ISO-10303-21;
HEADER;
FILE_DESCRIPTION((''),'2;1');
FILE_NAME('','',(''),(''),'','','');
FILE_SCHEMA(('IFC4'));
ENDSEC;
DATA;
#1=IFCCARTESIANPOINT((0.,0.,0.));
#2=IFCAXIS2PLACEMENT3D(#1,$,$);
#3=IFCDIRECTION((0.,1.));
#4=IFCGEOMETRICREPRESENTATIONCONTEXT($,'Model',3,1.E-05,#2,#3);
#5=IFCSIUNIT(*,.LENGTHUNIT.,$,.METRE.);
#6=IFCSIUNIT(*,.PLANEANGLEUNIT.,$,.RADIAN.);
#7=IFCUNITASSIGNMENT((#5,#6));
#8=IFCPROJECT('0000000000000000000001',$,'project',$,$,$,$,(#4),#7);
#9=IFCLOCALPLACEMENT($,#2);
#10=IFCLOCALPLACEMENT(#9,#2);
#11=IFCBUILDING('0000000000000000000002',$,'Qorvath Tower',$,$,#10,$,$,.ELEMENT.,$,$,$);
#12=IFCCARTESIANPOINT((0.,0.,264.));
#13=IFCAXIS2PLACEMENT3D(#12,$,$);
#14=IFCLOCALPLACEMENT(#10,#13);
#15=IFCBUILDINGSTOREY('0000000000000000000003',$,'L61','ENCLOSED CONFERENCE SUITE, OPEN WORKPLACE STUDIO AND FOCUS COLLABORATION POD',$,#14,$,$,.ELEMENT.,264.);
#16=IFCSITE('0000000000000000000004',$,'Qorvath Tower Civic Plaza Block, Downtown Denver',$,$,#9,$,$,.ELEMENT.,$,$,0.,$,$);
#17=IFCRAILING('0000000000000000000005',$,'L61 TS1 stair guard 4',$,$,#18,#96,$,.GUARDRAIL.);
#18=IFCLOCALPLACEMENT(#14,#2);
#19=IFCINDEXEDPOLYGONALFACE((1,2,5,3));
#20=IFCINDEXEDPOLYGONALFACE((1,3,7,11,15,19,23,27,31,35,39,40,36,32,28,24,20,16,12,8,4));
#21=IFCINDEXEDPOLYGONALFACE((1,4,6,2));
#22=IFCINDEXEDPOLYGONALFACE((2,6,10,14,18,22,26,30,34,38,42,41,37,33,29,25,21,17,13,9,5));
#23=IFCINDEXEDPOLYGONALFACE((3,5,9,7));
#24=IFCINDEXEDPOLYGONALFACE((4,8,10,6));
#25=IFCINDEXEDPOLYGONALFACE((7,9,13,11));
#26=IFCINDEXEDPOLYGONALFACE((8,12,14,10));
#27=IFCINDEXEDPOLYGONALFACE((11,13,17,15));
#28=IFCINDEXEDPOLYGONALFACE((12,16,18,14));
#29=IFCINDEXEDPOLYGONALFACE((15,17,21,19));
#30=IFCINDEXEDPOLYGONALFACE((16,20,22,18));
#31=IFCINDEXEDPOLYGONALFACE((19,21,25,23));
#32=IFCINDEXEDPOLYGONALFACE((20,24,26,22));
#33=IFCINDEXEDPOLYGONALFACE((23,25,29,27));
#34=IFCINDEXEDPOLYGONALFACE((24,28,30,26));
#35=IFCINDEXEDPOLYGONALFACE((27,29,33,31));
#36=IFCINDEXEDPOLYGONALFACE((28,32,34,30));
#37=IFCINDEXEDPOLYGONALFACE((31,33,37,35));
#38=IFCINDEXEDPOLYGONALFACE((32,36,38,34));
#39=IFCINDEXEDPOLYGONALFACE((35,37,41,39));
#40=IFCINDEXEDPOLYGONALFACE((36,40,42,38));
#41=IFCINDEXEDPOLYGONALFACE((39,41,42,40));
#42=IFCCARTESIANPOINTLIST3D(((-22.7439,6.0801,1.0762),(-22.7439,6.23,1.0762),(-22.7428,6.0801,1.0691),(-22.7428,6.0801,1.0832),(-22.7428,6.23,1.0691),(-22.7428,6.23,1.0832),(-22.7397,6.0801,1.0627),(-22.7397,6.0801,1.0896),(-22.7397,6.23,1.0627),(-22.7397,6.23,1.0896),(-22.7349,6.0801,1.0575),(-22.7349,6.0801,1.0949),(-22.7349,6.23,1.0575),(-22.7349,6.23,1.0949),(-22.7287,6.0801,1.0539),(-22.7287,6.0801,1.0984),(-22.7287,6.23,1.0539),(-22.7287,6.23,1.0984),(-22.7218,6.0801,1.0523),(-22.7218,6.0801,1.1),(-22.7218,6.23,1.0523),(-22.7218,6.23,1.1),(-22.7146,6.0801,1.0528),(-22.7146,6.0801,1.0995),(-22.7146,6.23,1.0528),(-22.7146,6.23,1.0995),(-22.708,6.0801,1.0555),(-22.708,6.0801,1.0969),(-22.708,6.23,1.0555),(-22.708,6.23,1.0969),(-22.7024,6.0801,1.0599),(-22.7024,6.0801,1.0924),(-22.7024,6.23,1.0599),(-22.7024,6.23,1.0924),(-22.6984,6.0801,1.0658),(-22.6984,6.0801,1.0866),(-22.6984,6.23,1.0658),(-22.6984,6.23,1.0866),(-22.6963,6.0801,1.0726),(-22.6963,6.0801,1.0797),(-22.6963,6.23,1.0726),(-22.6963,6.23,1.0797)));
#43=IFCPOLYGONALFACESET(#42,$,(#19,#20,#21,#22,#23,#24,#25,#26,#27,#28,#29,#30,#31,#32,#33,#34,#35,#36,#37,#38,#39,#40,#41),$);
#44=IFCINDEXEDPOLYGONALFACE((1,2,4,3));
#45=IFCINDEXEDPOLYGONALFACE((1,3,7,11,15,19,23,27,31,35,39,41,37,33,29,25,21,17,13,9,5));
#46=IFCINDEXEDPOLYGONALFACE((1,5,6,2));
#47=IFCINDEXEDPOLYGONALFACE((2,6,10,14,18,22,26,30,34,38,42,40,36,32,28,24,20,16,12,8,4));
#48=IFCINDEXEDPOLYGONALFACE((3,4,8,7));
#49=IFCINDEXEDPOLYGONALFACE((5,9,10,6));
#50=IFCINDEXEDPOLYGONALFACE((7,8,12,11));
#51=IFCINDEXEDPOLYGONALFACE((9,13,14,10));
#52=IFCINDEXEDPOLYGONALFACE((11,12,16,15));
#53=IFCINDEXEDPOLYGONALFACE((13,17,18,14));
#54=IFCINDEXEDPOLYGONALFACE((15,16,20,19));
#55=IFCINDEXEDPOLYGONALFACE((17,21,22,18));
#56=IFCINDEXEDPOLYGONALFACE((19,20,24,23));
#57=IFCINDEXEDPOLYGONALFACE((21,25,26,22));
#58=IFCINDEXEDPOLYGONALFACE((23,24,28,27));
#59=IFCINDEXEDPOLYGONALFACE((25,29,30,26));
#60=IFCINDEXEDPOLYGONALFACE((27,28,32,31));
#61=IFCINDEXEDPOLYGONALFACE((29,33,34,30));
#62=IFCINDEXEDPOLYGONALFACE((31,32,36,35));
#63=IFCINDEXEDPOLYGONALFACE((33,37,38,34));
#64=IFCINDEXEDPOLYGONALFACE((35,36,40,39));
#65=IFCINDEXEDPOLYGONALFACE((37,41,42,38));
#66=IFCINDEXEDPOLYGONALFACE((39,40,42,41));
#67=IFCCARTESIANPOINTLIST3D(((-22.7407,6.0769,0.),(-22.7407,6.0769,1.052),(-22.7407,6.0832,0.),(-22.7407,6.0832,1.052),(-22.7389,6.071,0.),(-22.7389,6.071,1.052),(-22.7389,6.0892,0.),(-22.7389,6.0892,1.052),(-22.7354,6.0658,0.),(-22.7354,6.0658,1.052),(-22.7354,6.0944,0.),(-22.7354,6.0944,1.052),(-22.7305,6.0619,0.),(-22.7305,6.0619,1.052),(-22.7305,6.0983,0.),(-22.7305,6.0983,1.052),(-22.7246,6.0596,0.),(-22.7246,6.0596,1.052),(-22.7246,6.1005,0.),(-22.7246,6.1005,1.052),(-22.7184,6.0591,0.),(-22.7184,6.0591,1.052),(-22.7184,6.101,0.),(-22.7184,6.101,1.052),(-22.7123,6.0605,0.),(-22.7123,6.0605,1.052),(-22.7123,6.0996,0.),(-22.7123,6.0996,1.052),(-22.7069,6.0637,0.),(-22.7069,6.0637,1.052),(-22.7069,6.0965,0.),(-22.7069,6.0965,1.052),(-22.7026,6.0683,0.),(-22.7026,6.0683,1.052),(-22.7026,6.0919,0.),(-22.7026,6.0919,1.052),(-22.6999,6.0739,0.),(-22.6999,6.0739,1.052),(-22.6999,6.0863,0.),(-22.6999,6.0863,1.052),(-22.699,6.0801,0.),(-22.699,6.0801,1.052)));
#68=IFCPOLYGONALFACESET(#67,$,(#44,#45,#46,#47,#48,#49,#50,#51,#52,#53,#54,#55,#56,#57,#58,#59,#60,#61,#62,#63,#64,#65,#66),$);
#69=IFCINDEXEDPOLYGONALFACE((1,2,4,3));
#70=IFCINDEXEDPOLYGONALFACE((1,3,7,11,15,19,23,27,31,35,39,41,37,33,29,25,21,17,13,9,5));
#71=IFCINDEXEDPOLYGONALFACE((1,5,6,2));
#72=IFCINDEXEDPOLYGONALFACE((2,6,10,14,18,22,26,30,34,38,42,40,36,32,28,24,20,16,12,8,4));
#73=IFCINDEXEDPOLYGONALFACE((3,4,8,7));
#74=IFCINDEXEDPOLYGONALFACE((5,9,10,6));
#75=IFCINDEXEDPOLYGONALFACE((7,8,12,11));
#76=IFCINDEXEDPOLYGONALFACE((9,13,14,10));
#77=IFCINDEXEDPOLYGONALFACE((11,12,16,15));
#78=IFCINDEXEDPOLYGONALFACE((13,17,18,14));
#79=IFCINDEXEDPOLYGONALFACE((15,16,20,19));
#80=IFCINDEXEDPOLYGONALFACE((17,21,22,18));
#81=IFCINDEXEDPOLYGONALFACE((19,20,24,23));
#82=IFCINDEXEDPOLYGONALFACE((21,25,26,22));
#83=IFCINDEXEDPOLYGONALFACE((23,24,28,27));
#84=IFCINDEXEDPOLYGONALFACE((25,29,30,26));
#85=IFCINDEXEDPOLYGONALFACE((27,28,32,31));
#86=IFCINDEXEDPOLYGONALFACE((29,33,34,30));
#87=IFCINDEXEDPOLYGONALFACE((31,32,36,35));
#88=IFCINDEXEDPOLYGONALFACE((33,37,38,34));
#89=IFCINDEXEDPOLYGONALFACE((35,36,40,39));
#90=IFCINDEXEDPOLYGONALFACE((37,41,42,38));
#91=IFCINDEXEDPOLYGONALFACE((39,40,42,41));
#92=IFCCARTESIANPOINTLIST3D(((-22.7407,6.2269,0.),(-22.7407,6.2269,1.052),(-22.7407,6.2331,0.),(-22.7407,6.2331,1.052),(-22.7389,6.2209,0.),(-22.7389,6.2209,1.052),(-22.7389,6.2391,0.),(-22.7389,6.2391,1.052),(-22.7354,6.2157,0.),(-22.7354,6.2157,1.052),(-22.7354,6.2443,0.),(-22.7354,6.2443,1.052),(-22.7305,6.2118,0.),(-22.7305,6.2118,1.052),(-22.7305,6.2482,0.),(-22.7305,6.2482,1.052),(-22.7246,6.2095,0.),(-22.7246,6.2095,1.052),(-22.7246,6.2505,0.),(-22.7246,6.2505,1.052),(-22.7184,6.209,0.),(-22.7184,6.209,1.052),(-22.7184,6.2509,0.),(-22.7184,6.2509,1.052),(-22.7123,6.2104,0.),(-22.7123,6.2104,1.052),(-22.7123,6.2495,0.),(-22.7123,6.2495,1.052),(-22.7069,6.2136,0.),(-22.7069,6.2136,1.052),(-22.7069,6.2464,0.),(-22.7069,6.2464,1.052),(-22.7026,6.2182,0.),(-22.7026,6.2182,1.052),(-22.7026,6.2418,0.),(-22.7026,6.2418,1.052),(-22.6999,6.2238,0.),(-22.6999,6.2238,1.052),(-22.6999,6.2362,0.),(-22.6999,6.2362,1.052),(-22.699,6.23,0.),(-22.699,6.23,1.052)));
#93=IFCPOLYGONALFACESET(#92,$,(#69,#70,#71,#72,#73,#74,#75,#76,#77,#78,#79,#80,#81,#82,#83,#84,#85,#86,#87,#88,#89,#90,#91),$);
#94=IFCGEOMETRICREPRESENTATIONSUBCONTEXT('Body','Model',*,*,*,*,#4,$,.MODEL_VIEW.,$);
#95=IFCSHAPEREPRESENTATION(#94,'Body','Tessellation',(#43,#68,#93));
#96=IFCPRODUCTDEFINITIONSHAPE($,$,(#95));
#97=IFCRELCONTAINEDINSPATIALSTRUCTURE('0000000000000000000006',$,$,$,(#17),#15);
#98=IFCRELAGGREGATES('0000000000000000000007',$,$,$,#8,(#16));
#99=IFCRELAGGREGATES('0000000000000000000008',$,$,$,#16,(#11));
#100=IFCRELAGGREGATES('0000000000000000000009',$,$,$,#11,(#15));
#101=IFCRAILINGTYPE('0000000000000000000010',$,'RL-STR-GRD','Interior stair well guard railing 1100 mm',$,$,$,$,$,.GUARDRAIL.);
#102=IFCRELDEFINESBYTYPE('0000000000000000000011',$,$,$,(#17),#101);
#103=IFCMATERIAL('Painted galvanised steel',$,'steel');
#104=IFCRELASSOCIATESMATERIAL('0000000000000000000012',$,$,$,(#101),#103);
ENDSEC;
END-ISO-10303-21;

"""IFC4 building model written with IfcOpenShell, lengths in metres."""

from ifc_helpers import new_model, si_unit, direction, frame, origin, origin_2d, place, context, subcontext, project, spatial, circle, extrude, material, type_object, element, save


model = new_model("IFC4")

# Units and contexts
model_context = context("Model", 3, precision=1e-05, world=origin(), true_north=direction((0.0, 1.0)))
body_context = subcontext(model_context, "Body", "Model", "MODEL_VIEW")
ifc_project = project(units=[si_unit("LENGTHUNIT", "METRE"), si_unit("PLANEANGLEUNIT", "RADIAN")], contexts=[model_context])

# Site, building, storey
site_placement = place(None, origin())
site = spatial("IfcSite", under=ifc_project, at=site_placement, Name="Qorvath Tower Civic Plaza Block, Downtown Denver", CompositionType="ELEMENT", RefElevation=0.0)
building_placement = place(site_placement, origin())
building = spatial("IfcBuilding", under=site, at=building_placement, Name="Qorvath Tower", CompositionType="ELEMENT")
storey_placement = place(building_placement, frame((0.0, 0.0, 264.0)))
storey = spatial("IfcBuildingStorey", under=building, at=storey_placement, Name="L61", Description="ENCLOSED CONFERENCE SUITE, OPEN WORKPLACE STUDIO AND FOCUS COLLABORATION POD", CompositionType="ELEMENT", Elevation=264.0)

# Railing
ifc_material_1 = material(Name="Painted galvanised steel", Category="steel")
railing_type_1 = type_object("IfcRailingType", Name="RL-STR-GRD", Description="Interior stair well guard railing 1100 mm", PredefinedType="GUARDRAIL", material=ifc_material_1)
railing_1_placement = place(storey_placement, frame((-22.72, 6.0801, 0.0)))
element("IfcRailing", 1, at=railing_1_placement, inside=storey, type_object=railing_type_1, Name="L61 TS1 stair guard 4", PredefinedType="GUARDRAIL", context=body_context, shape_type="SweptSolid", body=[
    extrude(circle(Radius=0.0239, at=origin_2d()), frame((0.0, 0.0, 1.0762), z_axis=(0.0, 1.0, 0.0), x_axis=(-1.0, 0.0, 0.0)), (0.0, 0.0, 1.0), 0.1499),
    extrude(circle(Radius=0.021, at=origin_2d()), origin(), (0.0, 0.0, 1.0), 1.052),
    extrude(circle(Radius=0.021, at=origin_2d()), frame((0.0, 0.1499, 0.0)), (0.0, 0.0, 1.0), 1.052),
])

save(model, "model.ifc")
